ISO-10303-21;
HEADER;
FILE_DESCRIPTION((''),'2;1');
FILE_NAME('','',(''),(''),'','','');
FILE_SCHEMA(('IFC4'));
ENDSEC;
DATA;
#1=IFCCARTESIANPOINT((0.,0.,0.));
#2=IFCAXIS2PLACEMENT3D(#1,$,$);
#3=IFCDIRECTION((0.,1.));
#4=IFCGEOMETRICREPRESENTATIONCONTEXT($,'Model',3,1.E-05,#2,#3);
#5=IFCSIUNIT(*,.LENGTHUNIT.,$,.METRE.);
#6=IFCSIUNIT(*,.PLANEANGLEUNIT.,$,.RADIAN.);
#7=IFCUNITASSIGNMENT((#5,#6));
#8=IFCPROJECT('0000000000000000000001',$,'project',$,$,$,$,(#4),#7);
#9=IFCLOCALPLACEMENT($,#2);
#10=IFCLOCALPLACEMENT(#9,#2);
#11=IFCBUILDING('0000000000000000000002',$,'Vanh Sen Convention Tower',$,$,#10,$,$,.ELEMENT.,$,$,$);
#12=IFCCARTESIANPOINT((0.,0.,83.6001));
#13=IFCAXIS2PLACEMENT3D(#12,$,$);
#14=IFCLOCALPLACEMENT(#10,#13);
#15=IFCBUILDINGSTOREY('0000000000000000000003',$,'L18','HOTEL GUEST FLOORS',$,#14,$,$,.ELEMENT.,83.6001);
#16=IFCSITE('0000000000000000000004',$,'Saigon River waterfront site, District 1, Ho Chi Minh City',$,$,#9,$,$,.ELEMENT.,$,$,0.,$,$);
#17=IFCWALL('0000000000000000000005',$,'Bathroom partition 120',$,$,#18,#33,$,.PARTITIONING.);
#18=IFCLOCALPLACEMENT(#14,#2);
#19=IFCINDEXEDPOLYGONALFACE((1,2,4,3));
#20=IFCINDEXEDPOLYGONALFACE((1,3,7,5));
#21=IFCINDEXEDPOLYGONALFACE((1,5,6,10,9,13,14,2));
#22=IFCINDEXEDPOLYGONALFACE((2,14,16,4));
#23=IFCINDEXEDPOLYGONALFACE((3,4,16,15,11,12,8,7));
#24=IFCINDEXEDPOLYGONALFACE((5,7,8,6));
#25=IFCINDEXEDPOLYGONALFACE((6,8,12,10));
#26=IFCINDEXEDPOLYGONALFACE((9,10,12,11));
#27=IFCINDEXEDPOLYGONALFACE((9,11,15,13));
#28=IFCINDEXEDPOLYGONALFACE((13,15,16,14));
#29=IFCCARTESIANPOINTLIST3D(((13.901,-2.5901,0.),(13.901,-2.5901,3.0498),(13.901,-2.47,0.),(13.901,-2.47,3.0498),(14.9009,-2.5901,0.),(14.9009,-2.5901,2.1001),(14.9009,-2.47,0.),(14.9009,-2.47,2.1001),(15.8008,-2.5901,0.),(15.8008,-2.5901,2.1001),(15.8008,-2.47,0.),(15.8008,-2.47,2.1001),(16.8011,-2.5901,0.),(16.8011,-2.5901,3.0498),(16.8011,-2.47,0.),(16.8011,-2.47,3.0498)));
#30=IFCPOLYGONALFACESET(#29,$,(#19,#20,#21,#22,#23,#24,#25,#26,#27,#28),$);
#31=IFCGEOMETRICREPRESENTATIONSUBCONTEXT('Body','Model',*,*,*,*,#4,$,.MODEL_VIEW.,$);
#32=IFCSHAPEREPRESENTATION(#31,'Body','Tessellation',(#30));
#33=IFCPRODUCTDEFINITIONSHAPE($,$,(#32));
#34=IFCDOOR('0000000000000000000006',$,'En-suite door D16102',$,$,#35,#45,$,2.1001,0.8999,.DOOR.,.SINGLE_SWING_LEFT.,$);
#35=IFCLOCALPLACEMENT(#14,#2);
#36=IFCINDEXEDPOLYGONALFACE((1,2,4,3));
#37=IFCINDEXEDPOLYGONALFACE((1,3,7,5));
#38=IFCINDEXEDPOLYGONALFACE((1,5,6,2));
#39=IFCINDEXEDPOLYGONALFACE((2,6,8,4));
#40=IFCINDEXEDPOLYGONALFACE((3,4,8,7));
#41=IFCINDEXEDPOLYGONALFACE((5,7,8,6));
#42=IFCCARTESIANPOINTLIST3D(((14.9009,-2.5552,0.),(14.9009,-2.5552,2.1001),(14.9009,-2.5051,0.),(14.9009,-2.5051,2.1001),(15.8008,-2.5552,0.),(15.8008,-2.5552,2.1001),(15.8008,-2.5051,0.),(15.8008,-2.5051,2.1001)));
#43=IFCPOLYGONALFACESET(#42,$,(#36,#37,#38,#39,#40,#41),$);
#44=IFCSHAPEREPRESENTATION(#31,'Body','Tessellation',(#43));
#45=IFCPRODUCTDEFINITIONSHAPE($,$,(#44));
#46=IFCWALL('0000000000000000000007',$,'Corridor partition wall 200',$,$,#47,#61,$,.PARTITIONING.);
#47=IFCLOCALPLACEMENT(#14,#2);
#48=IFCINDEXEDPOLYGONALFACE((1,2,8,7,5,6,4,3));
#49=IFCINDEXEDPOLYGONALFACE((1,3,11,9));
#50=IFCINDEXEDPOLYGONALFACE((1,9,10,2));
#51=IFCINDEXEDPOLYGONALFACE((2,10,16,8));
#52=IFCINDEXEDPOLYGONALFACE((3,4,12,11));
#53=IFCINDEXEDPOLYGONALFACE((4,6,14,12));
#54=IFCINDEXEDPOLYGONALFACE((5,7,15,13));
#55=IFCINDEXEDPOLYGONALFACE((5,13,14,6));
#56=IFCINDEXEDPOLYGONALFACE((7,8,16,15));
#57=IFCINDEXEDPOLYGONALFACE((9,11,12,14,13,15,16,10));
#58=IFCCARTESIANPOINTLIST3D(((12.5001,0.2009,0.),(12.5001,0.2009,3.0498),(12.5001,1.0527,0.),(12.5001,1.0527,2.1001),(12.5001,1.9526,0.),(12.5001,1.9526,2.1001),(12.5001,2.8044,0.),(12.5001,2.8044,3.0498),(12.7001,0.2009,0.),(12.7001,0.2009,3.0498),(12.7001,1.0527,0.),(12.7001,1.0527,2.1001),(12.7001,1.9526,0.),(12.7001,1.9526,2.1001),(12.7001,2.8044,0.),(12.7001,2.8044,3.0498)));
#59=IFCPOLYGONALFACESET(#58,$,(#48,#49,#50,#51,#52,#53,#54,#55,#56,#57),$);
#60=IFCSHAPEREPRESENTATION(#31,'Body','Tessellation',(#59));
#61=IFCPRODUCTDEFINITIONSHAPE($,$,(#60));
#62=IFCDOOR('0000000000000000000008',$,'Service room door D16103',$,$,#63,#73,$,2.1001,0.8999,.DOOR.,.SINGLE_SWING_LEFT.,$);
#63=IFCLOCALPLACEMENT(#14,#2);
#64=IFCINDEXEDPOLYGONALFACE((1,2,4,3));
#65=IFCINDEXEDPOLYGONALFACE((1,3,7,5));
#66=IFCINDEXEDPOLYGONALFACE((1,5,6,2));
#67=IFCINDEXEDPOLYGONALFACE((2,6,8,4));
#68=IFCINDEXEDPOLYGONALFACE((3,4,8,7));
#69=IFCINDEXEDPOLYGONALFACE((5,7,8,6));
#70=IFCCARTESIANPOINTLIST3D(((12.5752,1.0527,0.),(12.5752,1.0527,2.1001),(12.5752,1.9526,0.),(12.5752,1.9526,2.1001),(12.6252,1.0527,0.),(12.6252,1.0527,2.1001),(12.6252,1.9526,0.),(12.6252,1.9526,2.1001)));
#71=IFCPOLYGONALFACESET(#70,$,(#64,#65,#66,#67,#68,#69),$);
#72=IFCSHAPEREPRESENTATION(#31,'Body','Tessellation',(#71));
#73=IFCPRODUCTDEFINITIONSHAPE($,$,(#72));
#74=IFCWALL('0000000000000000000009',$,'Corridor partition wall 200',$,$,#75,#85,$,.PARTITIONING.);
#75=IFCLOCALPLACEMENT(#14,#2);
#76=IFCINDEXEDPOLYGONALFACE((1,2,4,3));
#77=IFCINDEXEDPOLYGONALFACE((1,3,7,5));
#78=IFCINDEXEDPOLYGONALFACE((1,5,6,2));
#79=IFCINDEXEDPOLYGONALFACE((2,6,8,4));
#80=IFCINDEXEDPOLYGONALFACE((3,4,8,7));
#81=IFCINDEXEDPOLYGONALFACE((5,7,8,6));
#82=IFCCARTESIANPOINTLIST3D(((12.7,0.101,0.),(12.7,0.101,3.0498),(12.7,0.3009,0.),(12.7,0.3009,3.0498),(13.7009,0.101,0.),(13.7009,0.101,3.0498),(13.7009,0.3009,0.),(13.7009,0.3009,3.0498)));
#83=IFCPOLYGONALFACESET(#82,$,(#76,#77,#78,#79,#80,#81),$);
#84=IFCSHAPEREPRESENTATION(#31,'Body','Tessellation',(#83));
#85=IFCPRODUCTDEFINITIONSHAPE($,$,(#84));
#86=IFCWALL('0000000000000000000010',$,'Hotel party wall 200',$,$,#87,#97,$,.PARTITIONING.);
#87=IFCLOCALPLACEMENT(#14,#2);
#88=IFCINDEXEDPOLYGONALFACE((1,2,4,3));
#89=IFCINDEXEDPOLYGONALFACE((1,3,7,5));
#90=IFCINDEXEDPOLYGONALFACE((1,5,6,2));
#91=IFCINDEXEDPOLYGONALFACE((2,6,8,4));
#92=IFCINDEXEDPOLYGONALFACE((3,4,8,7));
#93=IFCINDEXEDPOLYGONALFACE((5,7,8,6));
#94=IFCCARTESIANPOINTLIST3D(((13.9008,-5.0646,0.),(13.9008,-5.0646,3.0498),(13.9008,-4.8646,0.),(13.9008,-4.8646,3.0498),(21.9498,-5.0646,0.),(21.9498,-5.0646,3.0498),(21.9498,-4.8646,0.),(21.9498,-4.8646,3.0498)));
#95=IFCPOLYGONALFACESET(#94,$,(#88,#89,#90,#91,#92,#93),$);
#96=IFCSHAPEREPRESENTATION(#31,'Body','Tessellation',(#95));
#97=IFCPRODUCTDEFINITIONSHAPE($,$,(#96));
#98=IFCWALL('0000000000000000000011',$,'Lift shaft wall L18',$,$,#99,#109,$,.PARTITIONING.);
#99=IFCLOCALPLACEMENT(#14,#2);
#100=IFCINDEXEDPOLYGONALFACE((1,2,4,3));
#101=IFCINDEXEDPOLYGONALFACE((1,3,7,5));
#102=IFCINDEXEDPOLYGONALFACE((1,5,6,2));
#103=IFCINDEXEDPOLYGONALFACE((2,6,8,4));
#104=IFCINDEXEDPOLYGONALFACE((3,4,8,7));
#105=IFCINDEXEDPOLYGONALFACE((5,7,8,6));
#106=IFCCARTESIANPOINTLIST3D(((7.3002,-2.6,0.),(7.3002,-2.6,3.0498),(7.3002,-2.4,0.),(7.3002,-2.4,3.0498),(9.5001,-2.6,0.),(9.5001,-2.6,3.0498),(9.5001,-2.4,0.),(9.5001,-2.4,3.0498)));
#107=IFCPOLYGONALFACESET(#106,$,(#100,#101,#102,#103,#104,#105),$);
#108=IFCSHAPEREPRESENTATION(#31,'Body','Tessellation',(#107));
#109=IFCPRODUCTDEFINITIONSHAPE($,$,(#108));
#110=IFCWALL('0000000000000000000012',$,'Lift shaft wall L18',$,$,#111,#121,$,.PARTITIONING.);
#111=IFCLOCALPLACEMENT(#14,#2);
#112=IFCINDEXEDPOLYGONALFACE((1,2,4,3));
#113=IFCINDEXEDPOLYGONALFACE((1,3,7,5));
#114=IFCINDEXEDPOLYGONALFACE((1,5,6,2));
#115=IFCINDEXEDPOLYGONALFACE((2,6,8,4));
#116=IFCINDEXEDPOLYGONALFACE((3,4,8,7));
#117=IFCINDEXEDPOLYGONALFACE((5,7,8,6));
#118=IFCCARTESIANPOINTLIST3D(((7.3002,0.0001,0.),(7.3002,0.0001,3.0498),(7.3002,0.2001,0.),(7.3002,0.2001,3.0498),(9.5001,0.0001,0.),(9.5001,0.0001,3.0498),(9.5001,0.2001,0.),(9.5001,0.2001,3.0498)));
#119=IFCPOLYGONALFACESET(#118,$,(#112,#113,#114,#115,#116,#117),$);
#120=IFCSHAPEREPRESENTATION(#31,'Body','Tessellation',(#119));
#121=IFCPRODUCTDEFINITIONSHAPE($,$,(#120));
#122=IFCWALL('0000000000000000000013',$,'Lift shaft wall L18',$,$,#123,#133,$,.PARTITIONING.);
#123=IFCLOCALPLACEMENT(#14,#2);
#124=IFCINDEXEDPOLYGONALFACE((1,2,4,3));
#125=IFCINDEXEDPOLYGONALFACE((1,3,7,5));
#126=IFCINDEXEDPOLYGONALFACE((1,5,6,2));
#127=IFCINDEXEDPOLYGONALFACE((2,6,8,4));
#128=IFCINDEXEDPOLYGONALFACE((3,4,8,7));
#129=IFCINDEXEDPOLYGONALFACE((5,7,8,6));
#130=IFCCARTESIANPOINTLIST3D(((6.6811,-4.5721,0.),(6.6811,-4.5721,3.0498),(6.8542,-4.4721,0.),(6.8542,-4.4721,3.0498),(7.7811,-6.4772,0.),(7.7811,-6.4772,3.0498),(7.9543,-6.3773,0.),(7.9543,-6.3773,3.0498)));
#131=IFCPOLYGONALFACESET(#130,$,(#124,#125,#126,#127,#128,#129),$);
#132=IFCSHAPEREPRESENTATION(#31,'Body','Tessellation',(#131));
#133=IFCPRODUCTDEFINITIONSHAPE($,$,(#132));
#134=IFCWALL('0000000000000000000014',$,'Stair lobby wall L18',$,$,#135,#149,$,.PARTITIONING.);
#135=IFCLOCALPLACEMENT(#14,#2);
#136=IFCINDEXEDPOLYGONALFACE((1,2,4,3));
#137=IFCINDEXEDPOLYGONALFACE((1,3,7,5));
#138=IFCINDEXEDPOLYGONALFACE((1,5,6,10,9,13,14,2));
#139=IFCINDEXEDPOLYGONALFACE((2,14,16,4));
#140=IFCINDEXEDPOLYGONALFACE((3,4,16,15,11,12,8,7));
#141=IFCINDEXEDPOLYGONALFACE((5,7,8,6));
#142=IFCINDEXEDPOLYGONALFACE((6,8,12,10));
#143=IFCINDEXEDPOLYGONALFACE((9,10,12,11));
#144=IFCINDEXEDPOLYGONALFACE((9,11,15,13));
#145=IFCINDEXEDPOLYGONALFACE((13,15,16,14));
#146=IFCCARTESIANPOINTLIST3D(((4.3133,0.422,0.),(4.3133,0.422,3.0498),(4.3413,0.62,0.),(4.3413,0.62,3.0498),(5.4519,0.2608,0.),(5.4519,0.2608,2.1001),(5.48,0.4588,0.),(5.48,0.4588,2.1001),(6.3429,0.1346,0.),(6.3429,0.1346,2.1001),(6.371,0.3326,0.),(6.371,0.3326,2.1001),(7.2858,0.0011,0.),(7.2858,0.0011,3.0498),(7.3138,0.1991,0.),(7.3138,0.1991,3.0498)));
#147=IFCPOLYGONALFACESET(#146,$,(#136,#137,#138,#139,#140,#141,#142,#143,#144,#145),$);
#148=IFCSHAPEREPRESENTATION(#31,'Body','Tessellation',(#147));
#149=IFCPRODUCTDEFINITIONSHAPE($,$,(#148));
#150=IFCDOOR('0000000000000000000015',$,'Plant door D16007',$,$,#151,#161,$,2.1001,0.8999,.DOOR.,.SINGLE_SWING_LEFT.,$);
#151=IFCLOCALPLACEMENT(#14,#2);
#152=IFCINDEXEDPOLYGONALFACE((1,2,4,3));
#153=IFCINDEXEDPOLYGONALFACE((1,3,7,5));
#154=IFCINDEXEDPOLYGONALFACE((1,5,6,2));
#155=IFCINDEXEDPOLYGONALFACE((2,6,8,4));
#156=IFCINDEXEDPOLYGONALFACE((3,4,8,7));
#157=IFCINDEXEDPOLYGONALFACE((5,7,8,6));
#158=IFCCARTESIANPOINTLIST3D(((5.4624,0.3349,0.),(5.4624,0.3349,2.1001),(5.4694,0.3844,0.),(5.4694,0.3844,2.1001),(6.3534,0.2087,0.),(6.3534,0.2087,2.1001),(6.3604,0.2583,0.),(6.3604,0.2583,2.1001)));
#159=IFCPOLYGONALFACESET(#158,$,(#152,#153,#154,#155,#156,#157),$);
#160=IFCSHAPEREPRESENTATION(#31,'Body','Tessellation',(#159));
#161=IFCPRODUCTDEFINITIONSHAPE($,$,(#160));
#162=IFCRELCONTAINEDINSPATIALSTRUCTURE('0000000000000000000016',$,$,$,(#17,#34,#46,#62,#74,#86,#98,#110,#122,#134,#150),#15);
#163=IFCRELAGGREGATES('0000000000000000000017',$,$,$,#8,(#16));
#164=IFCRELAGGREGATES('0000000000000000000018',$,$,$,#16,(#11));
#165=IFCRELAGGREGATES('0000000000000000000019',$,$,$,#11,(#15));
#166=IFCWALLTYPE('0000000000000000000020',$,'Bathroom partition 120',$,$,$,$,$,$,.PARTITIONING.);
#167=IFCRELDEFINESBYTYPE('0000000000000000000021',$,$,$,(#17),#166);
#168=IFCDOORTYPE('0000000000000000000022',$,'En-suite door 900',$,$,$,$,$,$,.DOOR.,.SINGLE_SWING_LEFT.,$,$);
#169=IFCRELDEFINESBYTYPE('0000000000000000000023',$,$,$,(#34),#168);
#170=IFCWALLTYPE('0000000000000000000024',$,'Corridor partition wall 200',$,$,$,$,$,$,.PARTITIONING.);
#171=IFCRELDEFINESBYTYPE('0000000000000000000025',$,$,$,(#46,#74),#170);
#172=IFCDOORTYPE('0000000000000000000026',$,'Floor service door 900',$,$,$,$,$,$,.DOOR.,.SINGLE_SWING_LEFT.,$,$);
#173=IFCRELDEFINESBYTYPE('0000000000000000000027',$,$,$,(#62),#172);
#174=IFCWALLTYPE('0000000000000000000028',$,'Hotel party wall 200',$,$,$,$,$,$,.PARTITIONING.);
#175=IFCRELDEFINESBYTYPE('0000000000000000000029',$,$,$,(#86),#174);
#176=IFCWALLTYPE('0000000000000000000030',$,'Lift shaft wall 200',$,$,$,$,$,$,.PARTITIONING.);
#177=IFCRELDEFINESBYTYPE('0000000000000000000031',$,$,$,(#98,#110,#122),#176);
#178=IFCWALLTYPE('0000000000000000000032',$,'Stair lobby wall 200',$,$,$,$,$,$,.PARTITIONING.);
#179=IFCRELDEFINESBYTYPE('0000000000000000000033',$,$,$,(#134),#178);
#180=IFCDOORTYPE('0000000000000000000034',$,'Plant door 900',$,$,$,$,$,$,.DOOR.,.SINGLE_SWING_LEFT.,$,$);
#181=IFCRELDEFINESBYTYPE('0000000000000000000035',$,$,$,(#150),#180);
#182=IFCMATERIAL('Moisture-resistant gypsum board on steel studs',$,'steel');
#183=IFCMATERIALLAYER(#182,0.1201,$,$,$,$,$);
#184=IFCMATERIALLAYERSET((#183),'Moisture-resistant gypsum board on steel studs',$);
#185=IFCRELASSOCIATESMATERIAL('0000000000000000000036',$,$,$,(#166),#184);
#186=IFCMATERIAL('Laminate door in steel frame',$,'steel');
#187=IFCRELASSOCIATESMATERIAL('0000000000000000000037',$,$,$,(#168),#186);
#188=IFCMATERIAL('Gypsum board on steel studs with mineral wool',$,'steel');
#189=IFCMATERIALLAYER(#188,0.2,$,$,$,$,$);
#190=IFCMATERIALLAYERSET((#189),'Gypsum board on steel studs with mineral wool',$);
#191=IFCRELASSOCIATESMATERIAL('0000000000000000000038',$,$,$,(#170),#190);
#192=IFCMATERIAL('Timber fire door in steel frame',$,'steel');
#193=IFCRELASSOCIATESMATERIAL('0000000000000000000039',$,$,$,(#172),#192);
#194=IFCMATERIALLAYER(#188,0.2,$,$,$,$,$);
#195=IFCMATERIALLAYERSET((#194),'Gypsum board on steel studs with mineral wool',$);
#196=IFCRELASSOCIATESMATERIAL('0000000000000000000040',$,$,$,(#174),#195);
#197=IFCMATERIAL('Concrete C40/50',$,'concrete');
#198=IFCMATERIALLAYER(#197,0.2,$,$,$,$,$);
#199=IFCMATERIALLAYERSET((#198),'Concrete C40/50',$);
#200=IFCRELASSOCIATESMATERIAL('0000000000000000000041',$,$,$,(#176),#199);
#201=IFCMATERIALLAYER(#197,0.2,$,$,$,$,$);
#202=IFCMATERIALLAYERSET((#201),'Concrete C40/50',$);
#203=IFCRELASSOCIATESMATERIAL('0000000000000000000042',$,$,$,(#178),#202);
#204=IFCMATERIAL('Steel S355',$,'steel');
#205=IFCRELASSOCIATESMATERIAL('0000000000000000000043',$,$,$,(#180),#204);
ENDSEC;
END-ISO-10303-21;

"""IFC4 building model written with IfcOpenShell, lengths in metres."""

from ifc_helpers import new_model, si_unit, direction, frame, frame_2d, origin, place, context, subcontext, project, spatial, rectangle, extrude, material, layer, layer_set, type_object, element, fill, save


model = new_model("IFC4")

# Units and contexts
model_context = context("Model", 3, precision=1e-05, world=origin(), true_north=direction((0.0, 1.0)))
body_context = subcontext(model_context, "Body", "Model", "MODEL_VIEW")
ifc_project = project(units=[si_unit("LENGTHUNIT", "METRE"), si_unit("PLANEANGLEUNIT", "RADIAN")], contexts=[model_context])

# Site, building, storey
site_placement = place(None, origin())
site = spatial("IfcSite", under=ifc_project, at=site_placement, Name="Saigon River waterfront site, District 1, Ho Chi Minh City", CompositionType="ELEMENT", RefElevation=0.0)
building_placement = place(site_placement, origin())
building = spatial("IfcBuilding", under=site, at=building_placement, Name="Vanh Sen Convention Tower", CompositionType="ELEMENT")
storey_placement = place(building_placement, frame((0.0, 0.0, 83.6001)))
storey = spatial("IfcBuildingStorey", under=building, at=storey_placement, Name="L18", Description="HOTEL GUEST FLOORS", CompositionType="ELEMENT", Elevation=83.6001)

# Walls, openings, doors
ifc_material_1 = material(Name="Moisture-resistant gypsum board on steel studs", Category="steel")
ifc_layer_1 = layer(ifc_material_1, 0.1201)
ifc_layer_set_1 = layer_set([ifc_layer_1], Name="Moisture-resistant gypsum board on steel studs")
wall_type_1 = type_object("IfcWallType", Name="Bathroom partition 120", PredefinedType="PARTITIONING", material=ifc_layer_set_1)
wall_1_placement = place(storey_placement, frame((13.9009, -2.53, 0.0), z_axis=(0.0, 0.0, 1.0), x_axis=(1.0, 0.0, 0.0)))
wall_1 = element("IfcWall", 1, at=wall_1_placement, inside=storey, type_object=wall_type_1, Name="Bathroom partition 120", PredefinedType="PARTITIONING", context=body_context, shape_type="SweptSolid", body=[
    extrude(rectangle(XDim=2.9001, YDim=0.1201, at=frame_2d((1.4502, 0.0))), origin(), (0.0, 0.0, 1.0), 3.0498),
])
opening_1_placement = place(wall_1_placement, frame((1.0, 0.0, 0.0)))
opening_1 = element("IfcOpeningElement", 2, at=opening_1_placement, cuts=wall_1, PredefinedType="OPENING", context=body_context, shape_type="SweptSolid", body=[
    extrude(rectangle(XDim=0.8999, YDim=2.1001, at=frame_2d((0.45, 1.05))), frame((0.0, 0.0701, 0.0), z_axis=(0.0, -1.0, 0.0), x_axis=(1.0, 0.0, 0.0)), (0.0, 0.0, 1.0), 0.1401),
])
ifc_material_2 = material(Name="Laminate door in steel frame", Category="steel")
door_type_1 = type_object("IfcDoorType", Name="En-suite door 900", OperationType="SINGLE_SWING_LEFT", PredefinedType="DOOR", material=ifc_material_2)
door_1_placement = place(opening_1_placement, origin())
door_1 = element("IfcDoor", 3, at=door_1_placement, inside=storey, type_object=door_type_1, Name="En-suite door D16102", OperationType="SINGLE_SWING_LEFT", OverallHeight=2.1001, OverallWidth=0.8999, PredefinedType="DOOR", context=body_context, shape_type="SweptSolid", body=[
    extrude(rectangle(XDim=0.8999, YDim=2.1001, at=frame_2d((0.45, 1.05))), frame((0.0, 0.0249, 0.0), z_axis=(0.0, -1.0, 0.0), x_axis=(1.0, 0.0, 0.0)), (0.0, 0.0, 1.0), 0.05),
])
fill(opening_1, door_1)
ifc_material_3 = material(Name="Gypsum board on steel studs with mineral wool", Category="steel")
ifc_layer_2 = layer(ifc_material_3, 0.2)
ifc_layer_set_2 = layer_set([ifc_layer_2], Name="Gypsum board on steel studs with mineral wool")
wall_type_2 = type_object("IfcWallType", Name="Corridor partition wall 200", PredefinedType="PARTITIONING", material=ifc_layer_set_2)
wall_2_placement = place(storey_placement, frame((12.6001, 0.2009, 0.0), z_axis=(0.0, 0.0, 1.0), x_axis=(0.0, 1.0, 0.0)))
wall_2 = element("IfcWall", 4, at=wall_2_placement, inside=storey, type_object=wall_type_2, Name="Corridor partition wall 200", PredefinedType="PARTITIONING", context=body_context, shape_type="SweptSolid", body=[
    extrude(rectangle(XDim=2.6035, YDim=0.2, at=frame_2d((1.3018, 0.0))), origin(), (0.0, 0.0, 1.0), 3.0498),
])
opening_2_placement = place(wall_2_placement, frame((0.8518, 0.0, 0.0)))
opening_2 = element("IfcOpeningElement", 5, at=opening_2_placement, cuts=wall_2, PredefinedType="OPENING", context=body_context, shape_type="SweptSolid", body=[
    extrude(rectangle(XDim=0.8999, YDim=2.1001, at=frame_2d((0.45, 1.05))), frame((0.0, 0.1099, 0.0), z_axis=(0.0, -1.0, 0.0), x_axis=(1.0, 0.0, 0.0)), (0.0, 0.0, 1.0), 0.22),
])
ifc_material_4 = material(Name="Timber fire door in steel frame", Category="steel")
door_type_2 = type_object("IfcDoorType", Name="Floor service door 900", OperationType="SINGLE_SWING_LEFT", PredefinedType="DOOR", material=ifc_material_4)
door_2_placement = place(opening_2_placement, origin())
door_2 = element("IfcDoor", 6, at=door_2_placement, inside=storey, type_object=door_type_2, Name="Service room door D16103", OperationType="SINGLE_SWING_LEFT", OverallHeight=2.1001, OverallWidth=0.8999, PredefinedType="DOOR", context=body_context, shape_type="SweptSolid", body=[
    extrude(rectangle(XDim=0.8999, YDim=2.1001, at=frame_2d((0.45, 1.05))), frame((0.0, 0.0249, 0.0), z_axis=(0.0, -1.0, 0.0), x_axis=(1.0, 0.0, 0.0)), (0.0, 0.0, 1.0), 0.05),
])
fill(opening_2, door_2)

# Walls
wall_3_placement = place(storey_placement, frame((13.7009, 0.2009, 0.0), z_axis=(0.0, 0.0, 1.0), x_axis=(-1.0, 0.0, 0.0)))
element("IfcWall", 7, at=wall_3_placement, inside=storey, type_object=wall_type_2, Name="Corridor partition wall 200", PredefinedType="PARTITIONING", context=body_context, shape_type="SweptSolid", body=[
    extrude(rectangle(XDim=1.001, YDim=0.2, at=frame_2d((0.5005, 0.0))), origin(), (0.0, 0.0, 1.0), 3.0498),
])
ifc_layer_3 = layer(ifc_material_3, 0.2)
ifc_layer_set_3 = layer_set([ifc_layer_3], Name="Gypsum board on steel studs with mineral wool")
wall_type_3 = type_object("IfcWallType", Name="Hotel party wall 200", PredefinedType="PARTITIONING", material=ifc_layer_set_3)
wall_4_placement = place(storey_placement, frame((13.9009, -4.9646, 0.0), z_axis=(0.0, 0.0, 1.0), x_axis=(1.0, 0.0, 0.0)))
element("IfcWall", 8, at=wall_4_placement, inside=storey, type_object=wall_type_3, Name="Hotel party wall 200", PredefinedType="PARTITIONING", context=body_context, shape_type="SweptSolid", body=[
    extrude(rectangle(XDim=8.0491, YDim=0.2, at=frame_2d((4.0244, 0.0))), origin(), (0.0, 0.0, 1.0), 3.0498),
])
ifc_material_5 = material(Name="Concrete C40/50", Category="concrete")
ifc_layer_4 = layer(ifc_material_5, 0.2)
ifc_layer_set_4 = layer_set([ifc_layer_4], Name="Concrete C40/50")
wall_type_4 = type_object("IfcWallType", Name="Lift shaft wall 200", PredefinedType="PARTITIONING", material=ifc_layer_set_4)
for number, where, z_axis, x_axis, name in (
    (9, (7.3, -2.5, 0.0), (0.0, 0.0, 1.0), (1.0, 0.0, 0.0), "Lift shaft wall L18"),
    (10, (7.3, 0.1001, 0.0), (0.0, 0.0, 1.0), (1.0, 0.0, 0.0), "Lift shaft wall L18"),
    (11, (6.7676, -4.522, 0.0), (0.0, 0.0, 1.0), (0.50003, -0.866008, 0.0), "Lift shaft wall L18"),
):
    element("IfcWall", number, at=place(storey_placement, frame(where, z_axis=z_axis, x_axis=x_axis)), inside=storey, type_object=wall_type_4, Name=name, PredefinedType="PARTITIONING", context=body_context, shape_type="SweptSolid", body=[
        extrude(rectangle(XDim=2.2, YDim=0.2, at=frame_2d((1.1001, 0.0))), origin(), (0.0, 0.0, 1.0), 3.0498),
    ])

# Wall, opening, door
ifc_layer_5 = layer(ifc_material_5, 0.2)
ifc_layer_set_5 = layer_set([ifc_layer_5], Name="Concrete C40/50")
wall_type_5 = type_object("IfcWallType", Name="Stair lobby wall 200", PredefinedType="PARTITIONING", material=ifc_layer_set_5)
wall_5_placement = place(storey_placement, frame((4.3274, 0.521, 0.0), z_axis=(0.0, 0.0, 1.0), x_axis=(0.990124, -0.140192, 0.0)))
wall_5 = element("IfcWall", 12, at=wall_5_placement, inside=storey, type_object=wall_type_5, Name="Stair lobby wall L18", PredefinedType="PARTITIONING", context=body_context, shape_type="SweptSolid", body=[
    extrude(rectangle(XDim=3.0022, YDim=0.2, at=frame_2d((1.501, 0.0))), origin(), (0.0, 0.0, 1.0), 3.0498),
])
opening_3_placement = place(wall_5_placement, frame((1.1499, 0.0, 0.0)))
opening_3 = element("IfcOpeningElement", 13, at=opening_3_placement, cuts=wall_5, PredefinedType="OPENING", context=body_context, shape_type="SweptSolid", body=[
    extrude(rectangle(XDim=0.8999, YDim=2.1001, at=frame_2d((0.45, 1.05))), frame((0.0, 0.1099, 0.0), z_axis=(0.0, -1.0, 0.0), x_axis=(1.0, 0.0, 0.0)), (0.0, 0.0, 1.0), 0.22),
])
ifc_material_6 = material(Name="Steel S355", Category="steel")
door_type_3 = type_object("IfcDoorType", Name="Plant door 900", OperationType="SINGLE_SWING_LEFT", PredefinedType="DOOR", material=ifc_material_6)
door_3_placement = place(opening_3_placement, origin())
door_3 = element("IfcDoor", 14, at=door_3_placement, inside=storey, type_object=door_type_3, Name="Plant door D16007", OperationType="SINGLE_SWING_LEFT", OverallHeight=2.1001, OverallWidth=0.8999, PredefinedType="DOOR", context=body_context, shape_type="SweptSolid", body=[
    extrude(rectangle(XDim=0.8999, YDim=2.1001, at=frame_2d((0.45, 1.05))), frame((0.0, 0.0249, 0.0), z_axis=(0.0, -1.0, 0.0), x_axis=(1.0, 0.0, 0.0)), (0.0, 0.0, 1.0), 0.05),
])
fill(opening_3, door_3)

save(model, "model.ifc")
